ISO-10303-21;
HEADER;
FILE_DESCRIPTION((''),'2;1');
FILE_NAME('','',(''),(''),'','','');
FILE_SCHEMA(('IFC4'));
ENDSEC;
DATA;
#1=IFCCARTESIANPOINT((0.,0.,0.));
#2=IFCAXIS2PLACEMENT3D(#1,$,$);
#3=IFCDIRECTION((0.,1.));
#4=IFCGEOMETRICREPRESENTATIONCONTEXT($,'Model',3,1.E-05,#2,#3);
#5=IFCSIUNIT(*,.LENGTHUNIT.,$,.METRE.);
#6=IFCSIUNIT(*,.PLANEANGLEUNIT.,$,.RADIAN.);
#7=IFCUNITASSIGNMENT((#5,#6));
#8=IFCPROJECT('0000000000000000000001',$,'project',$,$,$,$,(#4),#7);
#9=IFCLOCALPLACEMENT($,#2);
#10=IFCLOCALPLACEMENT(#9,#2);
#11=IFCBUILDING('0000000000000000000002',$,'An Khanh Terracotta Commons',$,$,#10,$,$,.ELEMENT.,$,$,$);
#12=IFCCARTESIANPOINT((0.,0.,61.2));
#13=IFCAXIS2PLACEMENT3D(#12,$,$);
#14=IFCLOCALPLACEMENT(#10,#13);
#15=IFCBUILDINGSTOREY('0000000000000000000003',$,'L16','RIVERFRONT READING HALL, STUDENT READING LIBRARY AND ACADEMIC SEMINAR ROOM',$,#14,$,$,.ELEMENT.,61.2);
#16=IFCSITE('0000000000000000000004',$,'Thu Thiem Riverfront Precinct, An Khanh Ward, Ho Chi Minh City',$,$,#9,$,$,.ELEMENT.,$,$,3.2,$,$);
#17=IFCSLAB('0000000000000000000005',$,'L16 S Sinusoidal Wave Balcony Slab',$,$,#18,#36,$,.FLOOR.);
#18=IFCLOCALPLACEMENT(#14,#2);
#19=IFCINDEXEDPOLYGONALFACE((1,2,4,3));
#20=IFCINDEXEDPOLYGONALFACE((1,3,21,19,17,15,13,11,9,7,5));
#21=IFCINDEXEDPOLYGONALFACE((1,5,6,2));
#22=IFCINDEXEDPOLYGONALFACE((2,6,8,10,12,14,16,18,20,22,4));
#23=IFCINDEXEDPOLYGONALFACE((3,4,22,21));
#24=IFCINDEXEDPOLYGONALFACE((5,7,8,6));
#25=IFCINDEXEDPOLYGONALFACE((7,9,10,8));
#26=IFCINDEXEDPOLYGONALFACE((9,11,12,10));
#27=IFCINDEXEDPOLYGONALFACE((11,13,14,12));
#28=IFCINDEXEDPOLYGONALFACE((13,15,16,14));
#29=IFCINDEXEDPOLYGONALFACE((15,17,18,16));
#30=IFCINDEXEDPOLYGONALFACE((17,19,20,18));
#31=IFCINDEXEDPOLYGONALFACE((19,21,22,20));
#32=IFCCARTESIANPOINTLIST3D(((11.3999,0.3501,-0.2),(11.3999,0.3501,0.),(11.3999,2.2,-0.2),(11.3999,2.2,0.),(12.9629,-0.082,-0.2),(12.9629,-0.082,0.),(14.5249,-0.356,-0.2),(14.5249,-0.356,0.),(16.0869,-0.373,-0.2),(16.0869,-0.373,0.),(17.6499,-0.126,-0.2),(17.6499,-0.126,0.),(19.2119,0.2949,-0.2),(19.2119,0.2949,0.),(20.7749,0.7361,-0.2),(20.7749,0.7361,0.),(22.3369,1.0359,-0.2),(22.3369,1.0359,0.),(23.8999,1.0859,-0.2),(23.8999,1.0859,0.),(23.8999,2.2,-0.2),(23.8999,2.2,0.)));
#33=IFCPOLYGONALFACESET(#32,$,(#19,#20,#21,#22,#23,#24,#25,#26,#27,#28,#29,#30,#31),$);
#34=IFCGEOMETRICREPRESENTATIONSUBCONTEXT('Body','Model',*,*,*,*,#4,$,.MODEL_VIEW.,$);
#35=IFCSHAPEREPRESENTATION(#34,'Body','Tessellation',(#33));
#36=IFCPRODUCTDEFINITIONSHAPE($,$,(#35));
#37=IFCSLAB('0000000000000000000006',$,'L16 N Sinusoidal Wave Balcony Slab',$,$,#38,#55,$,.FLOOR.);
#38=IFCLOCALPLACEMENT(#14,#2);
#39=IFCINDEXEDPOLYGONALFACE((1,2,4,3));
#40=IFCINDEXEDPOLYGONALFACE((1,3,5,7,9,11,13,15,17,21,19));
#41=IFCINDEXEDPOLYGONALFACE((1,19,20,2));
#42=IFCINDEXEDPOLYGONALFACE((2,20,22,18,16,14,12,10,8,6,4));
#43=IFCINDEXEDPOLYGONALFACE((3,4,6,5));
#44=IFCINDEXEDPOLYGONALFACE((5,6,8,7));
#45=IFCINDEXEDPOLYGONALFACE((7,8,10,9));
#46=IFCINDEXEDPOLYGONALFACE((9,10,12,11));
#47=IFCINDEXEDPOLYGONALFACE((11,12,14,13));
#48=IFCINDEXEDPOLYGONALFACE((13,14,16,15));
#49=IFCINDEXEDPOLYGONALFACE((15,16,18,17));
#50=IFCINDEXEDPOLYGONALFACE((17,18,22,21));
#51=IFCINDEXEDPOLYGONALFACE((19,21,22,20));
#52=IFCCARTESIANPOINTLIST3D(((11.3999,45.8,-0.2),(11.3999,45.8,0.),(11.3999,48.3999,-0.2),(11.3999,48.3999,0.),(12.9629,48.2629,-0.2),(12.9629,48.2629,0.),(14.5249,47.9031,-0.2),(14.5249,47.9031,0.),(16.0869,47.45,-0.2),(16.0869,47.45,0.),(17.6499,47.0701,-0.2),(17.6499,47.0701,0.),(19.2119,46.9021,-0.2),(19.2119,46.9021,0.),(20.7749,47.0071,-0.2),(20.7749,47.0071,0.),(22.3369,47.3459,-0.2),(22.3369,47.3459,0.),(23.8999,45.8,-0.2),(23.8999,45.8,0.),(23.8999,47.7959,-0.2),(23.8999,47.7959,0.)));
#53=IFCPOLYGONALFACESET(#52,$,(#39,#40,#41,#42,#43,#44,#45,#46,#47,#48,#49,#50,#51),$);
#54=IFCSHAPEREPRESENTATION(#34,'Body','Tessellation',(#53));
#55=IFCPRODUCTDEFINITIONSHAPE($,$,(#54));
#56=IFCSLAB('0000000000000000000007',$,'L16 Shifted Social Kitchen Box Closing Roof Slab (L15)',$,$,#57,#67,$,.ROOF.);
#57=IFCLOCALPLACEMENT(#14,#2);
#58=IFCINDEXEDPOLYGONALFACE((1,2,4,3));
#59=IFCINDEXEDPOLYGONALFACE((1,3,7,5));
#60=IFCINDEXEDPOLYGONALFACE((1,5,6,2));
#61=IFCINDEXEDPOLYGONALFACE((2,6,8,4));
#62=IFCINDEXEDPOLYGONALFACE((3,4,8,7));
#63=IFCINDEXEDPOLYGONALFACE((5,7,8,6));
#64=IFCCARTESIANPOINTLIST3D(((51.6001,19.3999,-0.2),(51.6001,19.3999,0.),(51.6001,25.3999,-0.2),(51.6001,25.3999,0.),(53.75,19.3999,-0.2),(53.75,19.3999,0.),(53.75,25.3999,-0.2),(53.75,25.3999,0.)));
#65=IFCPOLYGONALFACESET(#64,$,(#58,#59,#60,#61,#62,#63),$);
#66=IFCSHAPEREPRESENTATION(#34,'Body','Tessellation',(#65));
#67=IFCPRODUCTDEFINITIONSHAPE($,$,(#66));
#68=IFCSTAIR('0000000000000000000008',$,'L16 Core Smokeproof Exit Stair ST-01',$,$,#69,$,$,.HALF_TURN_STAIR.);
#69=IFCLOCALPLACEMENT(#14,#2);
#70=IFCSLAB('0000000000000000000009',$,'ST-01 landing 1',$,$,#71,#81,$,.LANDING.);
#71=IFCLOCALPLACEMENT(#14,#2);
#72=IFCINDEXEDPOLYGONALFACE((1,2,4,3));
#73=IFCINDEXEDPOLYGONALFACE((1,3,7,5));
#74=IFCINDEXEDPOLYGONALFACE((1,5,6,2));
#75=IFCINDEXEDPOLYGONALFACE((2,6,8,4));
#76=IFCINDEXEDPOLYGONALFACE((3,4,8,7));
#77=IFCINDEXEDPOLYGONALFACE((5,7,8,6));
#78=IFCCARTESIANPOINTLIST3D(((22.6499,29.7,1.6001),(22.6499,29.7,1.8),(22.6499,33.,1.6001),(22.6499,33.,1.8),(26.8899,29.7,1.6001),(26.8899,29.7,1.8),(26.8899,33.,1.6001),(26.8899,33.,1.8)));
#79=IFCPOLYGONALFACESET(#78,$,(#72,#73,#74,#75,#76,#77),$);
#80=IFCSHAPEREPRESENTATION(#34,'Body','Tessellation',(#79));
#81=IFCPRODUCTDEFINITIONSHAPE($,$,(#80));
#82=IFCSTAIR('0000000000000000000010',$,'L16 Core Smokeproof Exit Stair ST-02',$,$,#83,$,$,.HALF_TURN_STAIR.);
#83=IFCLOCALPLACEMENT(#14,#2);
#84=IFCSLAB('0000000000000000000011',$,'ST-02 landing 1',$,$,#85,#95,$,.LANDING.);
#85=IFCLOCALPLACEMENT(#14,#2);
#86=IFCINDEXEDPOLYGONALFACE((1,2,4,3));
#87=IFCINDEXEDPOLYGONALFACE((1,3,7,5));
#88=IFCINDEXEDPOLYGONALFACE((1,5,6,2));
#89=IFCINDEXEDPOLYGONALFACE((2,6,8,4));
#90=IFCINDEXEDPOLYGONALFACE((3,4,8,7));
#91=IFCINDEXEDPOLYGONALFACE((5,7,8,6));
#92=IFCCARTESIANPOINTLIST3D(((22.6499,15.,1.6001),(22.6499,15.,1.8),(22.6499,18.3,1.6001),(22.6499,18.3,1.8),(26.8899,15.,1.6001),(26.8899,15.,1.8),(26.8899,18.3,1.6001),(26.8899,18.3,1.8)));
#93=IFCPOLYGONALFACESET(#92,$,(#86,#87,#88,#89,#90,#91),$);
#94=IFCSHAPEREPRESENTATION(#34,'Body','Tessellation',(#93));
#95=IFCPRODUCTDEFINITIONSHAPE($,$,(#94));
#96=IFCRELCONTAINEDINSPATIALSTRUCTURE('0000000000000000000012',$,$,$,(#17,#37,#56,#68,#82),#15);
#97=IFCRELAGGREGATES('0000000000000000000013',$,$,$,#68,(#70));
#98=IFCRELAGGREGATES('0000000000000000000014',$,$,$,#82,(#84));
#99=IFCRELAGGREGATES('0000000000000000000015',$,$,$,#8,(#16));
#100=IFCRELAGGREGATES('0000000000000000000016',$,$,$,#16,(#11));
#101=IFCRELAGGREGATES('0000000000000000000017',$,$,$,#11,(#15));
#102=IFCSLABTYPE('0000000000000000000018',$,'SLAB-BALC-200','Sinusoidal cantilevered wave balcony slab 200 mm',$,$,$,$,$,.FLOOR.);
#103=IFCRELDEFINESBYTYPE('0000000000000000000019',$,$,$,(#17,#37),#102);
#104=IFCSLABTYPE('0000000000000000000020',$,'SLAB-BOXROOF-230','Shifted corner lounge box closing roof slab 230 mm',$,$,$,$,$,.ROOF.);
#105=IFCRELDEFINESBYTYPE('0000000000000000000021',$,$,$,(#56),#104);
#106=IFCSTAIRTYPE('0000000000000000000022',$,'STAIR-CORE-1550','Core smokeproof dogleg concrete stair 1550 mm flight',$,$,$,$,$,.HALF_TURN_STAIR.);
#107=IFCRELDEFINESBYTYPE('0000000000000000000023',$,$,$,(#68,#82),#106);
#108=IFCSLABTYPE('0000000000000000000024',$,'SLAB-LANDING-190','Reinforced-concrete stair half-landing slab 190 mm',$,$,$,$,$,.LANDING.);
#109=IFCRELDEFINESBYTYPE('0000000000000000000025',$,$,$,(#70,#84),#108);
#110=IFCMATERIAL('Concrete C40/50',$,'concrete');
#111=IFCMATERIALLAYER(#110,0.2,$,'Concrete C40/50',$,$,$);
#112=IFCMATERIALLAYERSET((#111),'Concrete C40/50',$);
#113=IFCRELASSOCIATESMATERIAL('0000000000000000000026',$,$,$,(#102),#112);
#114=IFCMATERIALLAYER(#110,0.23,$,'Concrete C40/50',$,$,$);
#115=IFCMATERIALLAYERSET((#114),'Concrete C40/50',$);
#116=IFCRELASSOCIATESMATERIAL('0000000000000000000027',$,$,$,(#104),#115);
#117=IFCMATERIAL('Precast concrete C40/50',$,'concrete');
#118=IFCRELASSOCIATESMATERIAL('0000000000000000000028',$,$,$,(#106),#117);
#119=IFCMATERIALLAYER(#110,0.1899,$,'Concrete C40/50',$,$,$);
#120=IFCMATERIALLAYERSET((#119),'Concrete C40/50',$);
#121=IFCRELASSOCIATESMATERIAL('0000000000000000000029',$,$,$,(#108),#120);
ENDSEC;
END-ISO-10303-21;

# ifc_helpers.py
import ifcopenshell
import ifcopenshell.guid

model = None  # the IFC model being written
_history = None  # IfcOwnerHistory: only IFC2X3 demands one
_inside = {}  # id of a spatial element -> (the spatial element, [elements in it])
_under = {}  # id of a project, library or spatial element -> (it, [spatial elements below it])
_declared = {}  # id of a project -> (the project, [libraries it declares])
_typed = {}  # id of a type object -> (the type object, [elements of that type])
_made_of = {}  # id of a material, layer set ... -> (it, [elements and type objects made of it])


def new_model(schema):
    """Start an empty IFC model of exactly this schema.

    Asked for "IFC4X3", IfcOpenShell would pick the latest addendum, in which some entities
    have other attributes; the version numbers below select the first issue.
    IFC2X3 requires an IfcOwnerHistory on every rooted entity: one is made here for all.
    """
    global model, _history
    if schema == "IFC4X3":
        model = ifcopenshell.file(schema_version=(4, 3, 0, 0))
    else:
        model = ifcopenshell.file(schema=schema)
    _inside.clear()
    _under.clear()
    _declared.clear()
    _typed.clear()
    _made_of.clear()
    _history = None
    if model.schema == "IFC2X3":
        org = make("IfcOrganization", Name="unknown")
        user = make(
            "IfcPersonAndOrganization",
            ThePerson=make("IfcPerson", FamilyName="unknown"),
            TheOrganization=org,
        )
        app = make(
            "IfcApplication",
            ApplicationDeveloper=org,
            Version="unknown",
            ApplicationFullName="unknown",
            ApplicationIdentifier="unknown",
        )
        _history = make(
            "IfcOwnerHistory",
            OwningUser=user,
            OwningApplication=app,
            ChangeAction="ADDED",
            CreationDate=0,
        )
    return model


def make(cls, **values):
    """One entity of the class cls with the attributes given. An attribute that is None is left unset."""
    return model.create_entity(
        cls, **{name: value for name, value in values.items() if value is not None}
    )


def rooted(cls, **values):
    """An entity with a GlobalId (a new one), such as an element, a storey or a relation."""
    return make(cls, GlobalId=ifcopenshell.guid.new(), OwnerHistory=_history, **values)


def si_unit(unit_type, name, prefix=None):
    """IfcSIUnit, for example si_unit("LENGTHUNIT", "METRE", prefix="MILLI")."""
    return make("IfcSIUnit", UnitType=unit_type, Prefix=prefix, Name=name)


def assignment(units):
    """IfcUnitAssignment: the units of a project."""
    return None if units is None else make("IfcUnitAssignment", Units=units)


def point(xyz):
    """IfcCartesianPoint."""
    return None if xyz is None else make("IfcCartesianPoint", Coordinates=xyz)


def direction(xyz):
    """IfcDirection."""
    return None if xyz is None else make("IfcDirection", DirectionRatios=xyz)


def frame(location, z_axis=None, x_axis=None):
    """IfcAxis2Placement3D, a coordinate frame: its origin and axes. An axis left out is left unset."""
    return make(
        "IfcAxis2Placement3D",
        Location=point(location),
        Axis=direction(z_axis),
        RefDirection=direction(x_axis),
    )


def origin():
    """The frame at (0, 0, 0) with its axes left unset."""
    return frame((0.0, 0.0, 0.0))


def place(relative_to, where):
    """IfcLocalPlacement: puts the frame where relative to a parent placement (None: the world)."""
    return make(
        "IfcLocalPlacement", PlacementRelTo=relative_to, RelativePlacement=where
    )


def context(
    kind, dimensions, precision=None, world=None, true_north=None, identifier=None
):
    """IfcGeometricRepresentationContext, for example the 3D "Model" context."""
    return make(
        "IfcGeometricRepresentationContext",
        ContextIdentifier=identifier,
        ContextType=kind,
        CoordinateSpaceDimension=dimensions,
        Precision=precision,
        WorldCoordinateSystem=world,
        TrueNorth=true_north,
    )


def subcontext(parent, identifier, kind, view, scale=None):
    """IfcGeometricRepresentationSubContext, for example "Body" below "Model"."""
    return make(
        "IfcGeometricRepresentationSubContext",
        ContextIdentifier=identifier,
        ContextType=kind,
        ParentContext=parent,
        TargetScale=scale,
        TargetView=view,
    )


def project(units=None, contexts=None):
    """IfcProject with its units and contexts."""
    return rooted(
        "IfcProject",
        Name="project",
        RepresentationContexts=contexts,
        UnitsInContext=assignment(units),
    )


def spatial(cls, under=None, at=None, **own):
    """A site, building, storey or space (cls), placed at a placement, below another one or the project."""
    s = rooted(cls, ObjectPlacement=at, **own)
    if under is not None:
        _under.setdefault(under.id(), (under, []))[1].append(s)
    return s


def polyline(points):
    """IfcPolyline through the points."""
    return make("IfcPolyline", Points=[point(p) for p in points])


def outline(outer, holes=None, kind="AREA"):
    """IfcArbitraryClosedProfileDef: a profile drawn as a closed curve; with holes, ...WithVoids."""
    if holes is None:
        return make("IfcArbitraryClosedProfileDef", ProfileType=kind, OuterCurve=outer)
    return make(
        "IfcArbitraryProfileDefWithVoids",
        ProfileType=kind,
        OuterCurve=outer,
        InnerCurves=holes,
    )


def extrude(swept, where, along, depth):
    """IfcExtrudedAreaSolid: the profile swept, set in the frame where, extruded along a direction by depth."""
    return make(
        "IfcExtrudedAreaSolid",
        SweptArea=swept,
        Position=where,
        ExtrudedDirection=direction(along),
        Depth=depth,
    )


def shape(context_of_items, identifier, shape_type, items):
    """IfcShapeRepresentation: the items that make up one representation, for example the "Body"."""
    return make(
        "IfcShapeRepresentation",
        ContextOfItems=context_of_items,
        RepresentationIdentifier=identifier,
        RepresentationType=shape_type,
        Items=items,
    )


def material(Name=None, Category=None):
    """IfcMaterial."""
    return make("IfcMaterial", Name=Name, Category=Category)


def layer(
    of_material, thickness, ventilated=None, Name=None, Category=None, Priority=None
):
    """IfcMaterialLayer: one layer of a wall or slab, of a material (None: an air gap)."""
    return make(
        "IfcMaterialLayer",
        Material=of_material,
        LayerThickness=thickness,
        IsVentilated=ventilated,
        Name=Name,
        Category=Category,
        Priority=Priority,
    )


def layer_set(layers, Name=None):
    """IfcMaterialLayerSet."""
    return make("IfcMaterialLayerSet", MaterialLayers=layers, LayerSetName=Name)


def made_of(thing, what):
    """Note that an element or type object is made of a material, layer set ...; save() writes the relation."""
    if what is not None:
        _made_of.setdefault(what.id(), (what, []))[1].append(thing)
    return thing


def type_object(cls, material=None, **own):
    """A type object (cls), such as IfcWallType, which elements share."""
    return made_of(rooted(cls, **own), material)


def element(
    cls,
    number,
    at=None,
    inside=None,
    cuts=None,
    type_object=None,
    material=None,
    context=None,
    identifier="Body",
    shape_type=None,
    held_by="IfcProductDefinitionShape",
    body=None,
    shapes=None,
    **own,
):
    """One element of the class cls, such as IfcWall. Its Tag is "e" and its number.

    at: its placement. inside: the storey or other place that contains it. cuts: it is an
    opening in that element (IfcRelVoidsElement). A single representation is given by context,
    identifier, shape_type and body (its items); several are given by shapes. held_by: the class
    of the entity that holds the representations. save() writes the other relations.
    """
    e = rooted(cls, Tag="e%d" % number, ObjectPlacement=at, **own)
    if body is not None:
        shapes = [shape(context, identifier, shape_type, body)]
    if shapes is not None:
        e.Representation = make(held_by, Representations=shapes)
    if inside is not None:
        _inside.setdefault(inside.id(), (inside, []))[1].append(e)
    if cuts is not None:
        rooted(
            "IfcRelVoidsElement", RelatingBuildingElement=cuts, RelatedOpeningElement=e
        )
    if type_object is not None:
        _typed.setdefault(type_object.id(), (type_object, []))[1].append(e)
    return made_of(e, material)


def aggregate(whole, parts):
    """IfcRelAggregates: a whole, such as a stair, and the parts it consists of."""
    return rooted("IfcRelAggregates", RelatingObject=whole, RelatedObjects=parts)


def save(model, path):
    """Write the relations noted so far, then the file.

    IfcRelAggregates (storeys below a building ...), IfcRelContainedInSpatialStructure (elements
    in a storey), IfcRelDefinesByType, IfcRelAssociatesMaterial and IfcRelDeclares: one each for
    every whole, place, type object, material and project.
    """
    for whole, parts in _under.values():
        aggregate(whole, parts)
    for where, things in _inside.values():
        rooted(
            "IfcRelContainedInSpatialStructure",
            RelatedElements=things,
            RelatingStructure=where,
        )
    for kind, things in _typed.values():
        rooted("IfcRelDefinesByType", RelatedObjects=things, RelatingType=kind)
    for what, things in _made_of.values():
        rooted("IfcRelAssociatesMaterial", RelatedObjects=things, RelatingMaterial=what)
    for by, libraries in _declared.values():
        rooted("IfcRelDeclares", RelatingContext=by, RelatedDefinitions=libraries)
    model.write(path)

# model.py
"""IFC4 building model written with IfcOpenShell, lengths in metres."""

from ifc_helpers import new_model, si_unit, direction, frame, origin, place, context, subcontext, project, spatial, polyline, outline, extrude, material, layer, layer_set, type_object, element, aggregate, save


model = new_model("IFC4")

# Units and contexts
model_context = context("Model", 3, precision=1e-05, world=origin(), true_north=direction((0.0, 1.0)))
body_context = subcontext(model_context, "Body", "Model", "MODEL_VIEW")
ifc_project = project(units=[si_unit("LENGTHUNIT", "METRE"), si_unit("PLANEANGLEUNIT", "RADIAN")], contexts=[model_context])

# Site, building, storey
site_placement = place(None, origin())
site = spatial("IfcSite", under=ifc_project, at=site_placement, Name="Thu Thiem Riverfront Precinct, An Khanh Ward, Ho Chi Minh City", CompositionType="ELEMENT", RefElevation=3.2)
building_placement = place(site_placement, origin())
building = spatial("IfcBuilding", under=site, at=building_placement, Name="An Khanh Terracotta Commons", CompositionType="ELEMENT")
storey_placement = place(building_placement, frame((0.0, 0.0, 61.2)))
storey = spatial("IfcBuildingStorey", under=building, at=storey_placement, Name="L16", Description="RIVERFRONT READING HALL, STUDENT READING LIBRARY AND ACADEMIC SEMINAR ROOM", CompositionType="ELEMENT", Elevation=61.2)

# Slabs
ifc_material_1 = material(Name="Concrete C40/50", Category="concrete")
ifc_layer_1 = layer(ifc_material_1, 0.2, Name="Concrete C40/50")
ifc_layer_set_1 = layer_set([ifc_layer_1], Name="Concrete C40/50")
slab_type_1 = type_object("IfcSlabType", Name="SLAB-BALC-200", Description="Sinusoidal cantilevered wave balcony slab 200 mm", PredefinedType="FLOOR", material=ifc_layer_set_1)
slab_1_placement = place(storey_placement, frame((0.0, 0.0, -0.2)))
element("IfcSlab", 1, at=slab_1_placement, inside=storey, type_object=slab_type_1, Name="L16 S Sinusoidal Wave Balcony Slab", PredefinedType="FLOOR", context=body_context, shape_type="SweptSolid", body=[
    extrude(outline(polyline([(11.3999, 2.2), (11.3999, 0.3501), (12.9629, -0.082), (14.5249, -0.356), (16.0869, -0.373), (17.6499, -0.126), (19.2119, 0.2949), (20.7749, 0.7361), (22.3369, 1.0359), (23.8999, 1.0859), (23.8999, 2.2), (11.3999, 2.2)])), origin(), (0.0, 0.0, 1.0), 0.2),
])
slab_2_placement = place(storey_placement, frame((0.0, 0.0, -0.2)))
element("IfcSlab", 2, at=slab_2_placement, inside=storey, type_object=slab_type_1, Name="L16 N Sinusoidal Wave Balcony Slab", PredefinedType="FLOOR", context=body_context, shape_type="SweptSolid", body=[
    extrude(outline(polyline([(23.8999, 45.8), (23.8999, 47.7959), (22.3369, 47.3459), (20.7749, 47.0071), (19.2119, 46.9021), (17.6499, 47.0701), (16.0869, 47.45), (14.5249, 47.9031), (12.9629, 48.2629), (11.3999, 48.3999), (11.3999, 45.8), (23.8999, 45.8)])), origin(), (0.0, 0.0, 1.0), 0.2),
])
ifc_layer_2 = layer(ifc_material_1, 0.23, Name="Concrete C40/50")
ifc_layer_set_2 = layer_set([ifc_layer_2], Name="Concrete C40/50")
slab_type_2 = type_object("IfcSlabType", Name="SLAB-BOXROOF-230", Description="Shifted corner lounge box closing roof slab 230 mm", PredefinedType="ROOF", material=ifc_layer_set_2)
slab_3_placement = place(storey_placement, frame((0.0, 0.0, -0.2)))
element("IfcSlab", 3, at=slab_3_placement, inside=storey, type_object=slab_type_2, Name="L16 Shifted Social Kitchen Box Closing Roof Slab (L15)", PredefinedType="ROOF", context=body_context, shape_type="SweptSolid", body=[
    extrude(outline(polyline([(51.6001, 19.3999), (53.75, 19.3999), (53.75, 25.3999), (51.6001, 25.3999), (51.6001, 19.3999)])), origin(), (0.0, 0.0, 1.0), 0.2),
])

# Stairs, slabs
ifc_material_2 = material(Name="Precast concrete C40/50", Category="concrete")
stair_type = type_object("IfcStairType", Name="STAIR-CORE-1550", Description="Core smokeproof dogleg concrete stair 1550 mm flight", PredefinedType="HALF_TURN_STAIR", material=ifc_material_2)
stair_1_placement = place(storey_placement, origin())
stair_1 = element("IfcStair", 4, at=stair_1_placement, inside=storey, type_object=stair_type, Name="L16 Core Smokeproof Exit Stair ST-01", PredefinedType="HALF_TURN_STAIR")
ifc_layer_3 = layer(ifc_material_1, 0.1899, Name="Concrete C40/50")
ifc_layer_set_3 = layer_set([ifc_layer_3], Name="Concrete C40/50")
slab_type_3 = type_object("IfcSlabType", Name="SLAB-LANDING-190", Description="Reinforced-concrete stair half-landing slab 190 mm", PredefinedType="LANDING", material=ifc_layer_set_3)
slab_4_placement = place(storey_placement, frame((0.0, 0.0, 1.6001)))
slab_4 = element("IfcSlab", 5, at=slab_4_placement, type_object=slab_type_3, Name="ST-01 landing 1", PredefinedType="LANDING", context=body_context, shape_type="SweptSolid", body=[
    extrude(outline(polyline([(26.8899, 33.0), (22.6499, 33.0), (22.6499, 29.7), (26.8899, 29.7), (26.8899, 33.0)])), origin(), (0.0, 0.0, 1.0), 0.2),
])
aggregate(stair_1, [slab_4])
stair_2_placement = place(storey_placement, origin())
stair_2 = element("IfcStair", 6, at=stair_2_placement, inside=storey, type_object=stair_type, Name="L16 Core Smokeproof Exit Stair ST-02", PredefinedType="HALF_TURN_STAIR")
slab_5_placement = place(storey_placement, frame((0.0, 0.0, 1.6001)))
slab_5 = element("IfcSlab", 7, at=slab_5_placement, type_object=slab_type_3, Name="ST-02 landing 1", PredefinedType="LANDING", context=body_context, shape_type="SweptSolid", body=[
    extrude(outline(polyline([(26.8899, 18.3), (22.6499, 18.3), (22.6499, 15.0), (26.8899, 15.0), (26.8899, 18.3)])), origin(), (0.0, 0.0, 1.0), 0.2),
])
aggregate(stair_2, [slab_5])

save(model, "model.ifc")
